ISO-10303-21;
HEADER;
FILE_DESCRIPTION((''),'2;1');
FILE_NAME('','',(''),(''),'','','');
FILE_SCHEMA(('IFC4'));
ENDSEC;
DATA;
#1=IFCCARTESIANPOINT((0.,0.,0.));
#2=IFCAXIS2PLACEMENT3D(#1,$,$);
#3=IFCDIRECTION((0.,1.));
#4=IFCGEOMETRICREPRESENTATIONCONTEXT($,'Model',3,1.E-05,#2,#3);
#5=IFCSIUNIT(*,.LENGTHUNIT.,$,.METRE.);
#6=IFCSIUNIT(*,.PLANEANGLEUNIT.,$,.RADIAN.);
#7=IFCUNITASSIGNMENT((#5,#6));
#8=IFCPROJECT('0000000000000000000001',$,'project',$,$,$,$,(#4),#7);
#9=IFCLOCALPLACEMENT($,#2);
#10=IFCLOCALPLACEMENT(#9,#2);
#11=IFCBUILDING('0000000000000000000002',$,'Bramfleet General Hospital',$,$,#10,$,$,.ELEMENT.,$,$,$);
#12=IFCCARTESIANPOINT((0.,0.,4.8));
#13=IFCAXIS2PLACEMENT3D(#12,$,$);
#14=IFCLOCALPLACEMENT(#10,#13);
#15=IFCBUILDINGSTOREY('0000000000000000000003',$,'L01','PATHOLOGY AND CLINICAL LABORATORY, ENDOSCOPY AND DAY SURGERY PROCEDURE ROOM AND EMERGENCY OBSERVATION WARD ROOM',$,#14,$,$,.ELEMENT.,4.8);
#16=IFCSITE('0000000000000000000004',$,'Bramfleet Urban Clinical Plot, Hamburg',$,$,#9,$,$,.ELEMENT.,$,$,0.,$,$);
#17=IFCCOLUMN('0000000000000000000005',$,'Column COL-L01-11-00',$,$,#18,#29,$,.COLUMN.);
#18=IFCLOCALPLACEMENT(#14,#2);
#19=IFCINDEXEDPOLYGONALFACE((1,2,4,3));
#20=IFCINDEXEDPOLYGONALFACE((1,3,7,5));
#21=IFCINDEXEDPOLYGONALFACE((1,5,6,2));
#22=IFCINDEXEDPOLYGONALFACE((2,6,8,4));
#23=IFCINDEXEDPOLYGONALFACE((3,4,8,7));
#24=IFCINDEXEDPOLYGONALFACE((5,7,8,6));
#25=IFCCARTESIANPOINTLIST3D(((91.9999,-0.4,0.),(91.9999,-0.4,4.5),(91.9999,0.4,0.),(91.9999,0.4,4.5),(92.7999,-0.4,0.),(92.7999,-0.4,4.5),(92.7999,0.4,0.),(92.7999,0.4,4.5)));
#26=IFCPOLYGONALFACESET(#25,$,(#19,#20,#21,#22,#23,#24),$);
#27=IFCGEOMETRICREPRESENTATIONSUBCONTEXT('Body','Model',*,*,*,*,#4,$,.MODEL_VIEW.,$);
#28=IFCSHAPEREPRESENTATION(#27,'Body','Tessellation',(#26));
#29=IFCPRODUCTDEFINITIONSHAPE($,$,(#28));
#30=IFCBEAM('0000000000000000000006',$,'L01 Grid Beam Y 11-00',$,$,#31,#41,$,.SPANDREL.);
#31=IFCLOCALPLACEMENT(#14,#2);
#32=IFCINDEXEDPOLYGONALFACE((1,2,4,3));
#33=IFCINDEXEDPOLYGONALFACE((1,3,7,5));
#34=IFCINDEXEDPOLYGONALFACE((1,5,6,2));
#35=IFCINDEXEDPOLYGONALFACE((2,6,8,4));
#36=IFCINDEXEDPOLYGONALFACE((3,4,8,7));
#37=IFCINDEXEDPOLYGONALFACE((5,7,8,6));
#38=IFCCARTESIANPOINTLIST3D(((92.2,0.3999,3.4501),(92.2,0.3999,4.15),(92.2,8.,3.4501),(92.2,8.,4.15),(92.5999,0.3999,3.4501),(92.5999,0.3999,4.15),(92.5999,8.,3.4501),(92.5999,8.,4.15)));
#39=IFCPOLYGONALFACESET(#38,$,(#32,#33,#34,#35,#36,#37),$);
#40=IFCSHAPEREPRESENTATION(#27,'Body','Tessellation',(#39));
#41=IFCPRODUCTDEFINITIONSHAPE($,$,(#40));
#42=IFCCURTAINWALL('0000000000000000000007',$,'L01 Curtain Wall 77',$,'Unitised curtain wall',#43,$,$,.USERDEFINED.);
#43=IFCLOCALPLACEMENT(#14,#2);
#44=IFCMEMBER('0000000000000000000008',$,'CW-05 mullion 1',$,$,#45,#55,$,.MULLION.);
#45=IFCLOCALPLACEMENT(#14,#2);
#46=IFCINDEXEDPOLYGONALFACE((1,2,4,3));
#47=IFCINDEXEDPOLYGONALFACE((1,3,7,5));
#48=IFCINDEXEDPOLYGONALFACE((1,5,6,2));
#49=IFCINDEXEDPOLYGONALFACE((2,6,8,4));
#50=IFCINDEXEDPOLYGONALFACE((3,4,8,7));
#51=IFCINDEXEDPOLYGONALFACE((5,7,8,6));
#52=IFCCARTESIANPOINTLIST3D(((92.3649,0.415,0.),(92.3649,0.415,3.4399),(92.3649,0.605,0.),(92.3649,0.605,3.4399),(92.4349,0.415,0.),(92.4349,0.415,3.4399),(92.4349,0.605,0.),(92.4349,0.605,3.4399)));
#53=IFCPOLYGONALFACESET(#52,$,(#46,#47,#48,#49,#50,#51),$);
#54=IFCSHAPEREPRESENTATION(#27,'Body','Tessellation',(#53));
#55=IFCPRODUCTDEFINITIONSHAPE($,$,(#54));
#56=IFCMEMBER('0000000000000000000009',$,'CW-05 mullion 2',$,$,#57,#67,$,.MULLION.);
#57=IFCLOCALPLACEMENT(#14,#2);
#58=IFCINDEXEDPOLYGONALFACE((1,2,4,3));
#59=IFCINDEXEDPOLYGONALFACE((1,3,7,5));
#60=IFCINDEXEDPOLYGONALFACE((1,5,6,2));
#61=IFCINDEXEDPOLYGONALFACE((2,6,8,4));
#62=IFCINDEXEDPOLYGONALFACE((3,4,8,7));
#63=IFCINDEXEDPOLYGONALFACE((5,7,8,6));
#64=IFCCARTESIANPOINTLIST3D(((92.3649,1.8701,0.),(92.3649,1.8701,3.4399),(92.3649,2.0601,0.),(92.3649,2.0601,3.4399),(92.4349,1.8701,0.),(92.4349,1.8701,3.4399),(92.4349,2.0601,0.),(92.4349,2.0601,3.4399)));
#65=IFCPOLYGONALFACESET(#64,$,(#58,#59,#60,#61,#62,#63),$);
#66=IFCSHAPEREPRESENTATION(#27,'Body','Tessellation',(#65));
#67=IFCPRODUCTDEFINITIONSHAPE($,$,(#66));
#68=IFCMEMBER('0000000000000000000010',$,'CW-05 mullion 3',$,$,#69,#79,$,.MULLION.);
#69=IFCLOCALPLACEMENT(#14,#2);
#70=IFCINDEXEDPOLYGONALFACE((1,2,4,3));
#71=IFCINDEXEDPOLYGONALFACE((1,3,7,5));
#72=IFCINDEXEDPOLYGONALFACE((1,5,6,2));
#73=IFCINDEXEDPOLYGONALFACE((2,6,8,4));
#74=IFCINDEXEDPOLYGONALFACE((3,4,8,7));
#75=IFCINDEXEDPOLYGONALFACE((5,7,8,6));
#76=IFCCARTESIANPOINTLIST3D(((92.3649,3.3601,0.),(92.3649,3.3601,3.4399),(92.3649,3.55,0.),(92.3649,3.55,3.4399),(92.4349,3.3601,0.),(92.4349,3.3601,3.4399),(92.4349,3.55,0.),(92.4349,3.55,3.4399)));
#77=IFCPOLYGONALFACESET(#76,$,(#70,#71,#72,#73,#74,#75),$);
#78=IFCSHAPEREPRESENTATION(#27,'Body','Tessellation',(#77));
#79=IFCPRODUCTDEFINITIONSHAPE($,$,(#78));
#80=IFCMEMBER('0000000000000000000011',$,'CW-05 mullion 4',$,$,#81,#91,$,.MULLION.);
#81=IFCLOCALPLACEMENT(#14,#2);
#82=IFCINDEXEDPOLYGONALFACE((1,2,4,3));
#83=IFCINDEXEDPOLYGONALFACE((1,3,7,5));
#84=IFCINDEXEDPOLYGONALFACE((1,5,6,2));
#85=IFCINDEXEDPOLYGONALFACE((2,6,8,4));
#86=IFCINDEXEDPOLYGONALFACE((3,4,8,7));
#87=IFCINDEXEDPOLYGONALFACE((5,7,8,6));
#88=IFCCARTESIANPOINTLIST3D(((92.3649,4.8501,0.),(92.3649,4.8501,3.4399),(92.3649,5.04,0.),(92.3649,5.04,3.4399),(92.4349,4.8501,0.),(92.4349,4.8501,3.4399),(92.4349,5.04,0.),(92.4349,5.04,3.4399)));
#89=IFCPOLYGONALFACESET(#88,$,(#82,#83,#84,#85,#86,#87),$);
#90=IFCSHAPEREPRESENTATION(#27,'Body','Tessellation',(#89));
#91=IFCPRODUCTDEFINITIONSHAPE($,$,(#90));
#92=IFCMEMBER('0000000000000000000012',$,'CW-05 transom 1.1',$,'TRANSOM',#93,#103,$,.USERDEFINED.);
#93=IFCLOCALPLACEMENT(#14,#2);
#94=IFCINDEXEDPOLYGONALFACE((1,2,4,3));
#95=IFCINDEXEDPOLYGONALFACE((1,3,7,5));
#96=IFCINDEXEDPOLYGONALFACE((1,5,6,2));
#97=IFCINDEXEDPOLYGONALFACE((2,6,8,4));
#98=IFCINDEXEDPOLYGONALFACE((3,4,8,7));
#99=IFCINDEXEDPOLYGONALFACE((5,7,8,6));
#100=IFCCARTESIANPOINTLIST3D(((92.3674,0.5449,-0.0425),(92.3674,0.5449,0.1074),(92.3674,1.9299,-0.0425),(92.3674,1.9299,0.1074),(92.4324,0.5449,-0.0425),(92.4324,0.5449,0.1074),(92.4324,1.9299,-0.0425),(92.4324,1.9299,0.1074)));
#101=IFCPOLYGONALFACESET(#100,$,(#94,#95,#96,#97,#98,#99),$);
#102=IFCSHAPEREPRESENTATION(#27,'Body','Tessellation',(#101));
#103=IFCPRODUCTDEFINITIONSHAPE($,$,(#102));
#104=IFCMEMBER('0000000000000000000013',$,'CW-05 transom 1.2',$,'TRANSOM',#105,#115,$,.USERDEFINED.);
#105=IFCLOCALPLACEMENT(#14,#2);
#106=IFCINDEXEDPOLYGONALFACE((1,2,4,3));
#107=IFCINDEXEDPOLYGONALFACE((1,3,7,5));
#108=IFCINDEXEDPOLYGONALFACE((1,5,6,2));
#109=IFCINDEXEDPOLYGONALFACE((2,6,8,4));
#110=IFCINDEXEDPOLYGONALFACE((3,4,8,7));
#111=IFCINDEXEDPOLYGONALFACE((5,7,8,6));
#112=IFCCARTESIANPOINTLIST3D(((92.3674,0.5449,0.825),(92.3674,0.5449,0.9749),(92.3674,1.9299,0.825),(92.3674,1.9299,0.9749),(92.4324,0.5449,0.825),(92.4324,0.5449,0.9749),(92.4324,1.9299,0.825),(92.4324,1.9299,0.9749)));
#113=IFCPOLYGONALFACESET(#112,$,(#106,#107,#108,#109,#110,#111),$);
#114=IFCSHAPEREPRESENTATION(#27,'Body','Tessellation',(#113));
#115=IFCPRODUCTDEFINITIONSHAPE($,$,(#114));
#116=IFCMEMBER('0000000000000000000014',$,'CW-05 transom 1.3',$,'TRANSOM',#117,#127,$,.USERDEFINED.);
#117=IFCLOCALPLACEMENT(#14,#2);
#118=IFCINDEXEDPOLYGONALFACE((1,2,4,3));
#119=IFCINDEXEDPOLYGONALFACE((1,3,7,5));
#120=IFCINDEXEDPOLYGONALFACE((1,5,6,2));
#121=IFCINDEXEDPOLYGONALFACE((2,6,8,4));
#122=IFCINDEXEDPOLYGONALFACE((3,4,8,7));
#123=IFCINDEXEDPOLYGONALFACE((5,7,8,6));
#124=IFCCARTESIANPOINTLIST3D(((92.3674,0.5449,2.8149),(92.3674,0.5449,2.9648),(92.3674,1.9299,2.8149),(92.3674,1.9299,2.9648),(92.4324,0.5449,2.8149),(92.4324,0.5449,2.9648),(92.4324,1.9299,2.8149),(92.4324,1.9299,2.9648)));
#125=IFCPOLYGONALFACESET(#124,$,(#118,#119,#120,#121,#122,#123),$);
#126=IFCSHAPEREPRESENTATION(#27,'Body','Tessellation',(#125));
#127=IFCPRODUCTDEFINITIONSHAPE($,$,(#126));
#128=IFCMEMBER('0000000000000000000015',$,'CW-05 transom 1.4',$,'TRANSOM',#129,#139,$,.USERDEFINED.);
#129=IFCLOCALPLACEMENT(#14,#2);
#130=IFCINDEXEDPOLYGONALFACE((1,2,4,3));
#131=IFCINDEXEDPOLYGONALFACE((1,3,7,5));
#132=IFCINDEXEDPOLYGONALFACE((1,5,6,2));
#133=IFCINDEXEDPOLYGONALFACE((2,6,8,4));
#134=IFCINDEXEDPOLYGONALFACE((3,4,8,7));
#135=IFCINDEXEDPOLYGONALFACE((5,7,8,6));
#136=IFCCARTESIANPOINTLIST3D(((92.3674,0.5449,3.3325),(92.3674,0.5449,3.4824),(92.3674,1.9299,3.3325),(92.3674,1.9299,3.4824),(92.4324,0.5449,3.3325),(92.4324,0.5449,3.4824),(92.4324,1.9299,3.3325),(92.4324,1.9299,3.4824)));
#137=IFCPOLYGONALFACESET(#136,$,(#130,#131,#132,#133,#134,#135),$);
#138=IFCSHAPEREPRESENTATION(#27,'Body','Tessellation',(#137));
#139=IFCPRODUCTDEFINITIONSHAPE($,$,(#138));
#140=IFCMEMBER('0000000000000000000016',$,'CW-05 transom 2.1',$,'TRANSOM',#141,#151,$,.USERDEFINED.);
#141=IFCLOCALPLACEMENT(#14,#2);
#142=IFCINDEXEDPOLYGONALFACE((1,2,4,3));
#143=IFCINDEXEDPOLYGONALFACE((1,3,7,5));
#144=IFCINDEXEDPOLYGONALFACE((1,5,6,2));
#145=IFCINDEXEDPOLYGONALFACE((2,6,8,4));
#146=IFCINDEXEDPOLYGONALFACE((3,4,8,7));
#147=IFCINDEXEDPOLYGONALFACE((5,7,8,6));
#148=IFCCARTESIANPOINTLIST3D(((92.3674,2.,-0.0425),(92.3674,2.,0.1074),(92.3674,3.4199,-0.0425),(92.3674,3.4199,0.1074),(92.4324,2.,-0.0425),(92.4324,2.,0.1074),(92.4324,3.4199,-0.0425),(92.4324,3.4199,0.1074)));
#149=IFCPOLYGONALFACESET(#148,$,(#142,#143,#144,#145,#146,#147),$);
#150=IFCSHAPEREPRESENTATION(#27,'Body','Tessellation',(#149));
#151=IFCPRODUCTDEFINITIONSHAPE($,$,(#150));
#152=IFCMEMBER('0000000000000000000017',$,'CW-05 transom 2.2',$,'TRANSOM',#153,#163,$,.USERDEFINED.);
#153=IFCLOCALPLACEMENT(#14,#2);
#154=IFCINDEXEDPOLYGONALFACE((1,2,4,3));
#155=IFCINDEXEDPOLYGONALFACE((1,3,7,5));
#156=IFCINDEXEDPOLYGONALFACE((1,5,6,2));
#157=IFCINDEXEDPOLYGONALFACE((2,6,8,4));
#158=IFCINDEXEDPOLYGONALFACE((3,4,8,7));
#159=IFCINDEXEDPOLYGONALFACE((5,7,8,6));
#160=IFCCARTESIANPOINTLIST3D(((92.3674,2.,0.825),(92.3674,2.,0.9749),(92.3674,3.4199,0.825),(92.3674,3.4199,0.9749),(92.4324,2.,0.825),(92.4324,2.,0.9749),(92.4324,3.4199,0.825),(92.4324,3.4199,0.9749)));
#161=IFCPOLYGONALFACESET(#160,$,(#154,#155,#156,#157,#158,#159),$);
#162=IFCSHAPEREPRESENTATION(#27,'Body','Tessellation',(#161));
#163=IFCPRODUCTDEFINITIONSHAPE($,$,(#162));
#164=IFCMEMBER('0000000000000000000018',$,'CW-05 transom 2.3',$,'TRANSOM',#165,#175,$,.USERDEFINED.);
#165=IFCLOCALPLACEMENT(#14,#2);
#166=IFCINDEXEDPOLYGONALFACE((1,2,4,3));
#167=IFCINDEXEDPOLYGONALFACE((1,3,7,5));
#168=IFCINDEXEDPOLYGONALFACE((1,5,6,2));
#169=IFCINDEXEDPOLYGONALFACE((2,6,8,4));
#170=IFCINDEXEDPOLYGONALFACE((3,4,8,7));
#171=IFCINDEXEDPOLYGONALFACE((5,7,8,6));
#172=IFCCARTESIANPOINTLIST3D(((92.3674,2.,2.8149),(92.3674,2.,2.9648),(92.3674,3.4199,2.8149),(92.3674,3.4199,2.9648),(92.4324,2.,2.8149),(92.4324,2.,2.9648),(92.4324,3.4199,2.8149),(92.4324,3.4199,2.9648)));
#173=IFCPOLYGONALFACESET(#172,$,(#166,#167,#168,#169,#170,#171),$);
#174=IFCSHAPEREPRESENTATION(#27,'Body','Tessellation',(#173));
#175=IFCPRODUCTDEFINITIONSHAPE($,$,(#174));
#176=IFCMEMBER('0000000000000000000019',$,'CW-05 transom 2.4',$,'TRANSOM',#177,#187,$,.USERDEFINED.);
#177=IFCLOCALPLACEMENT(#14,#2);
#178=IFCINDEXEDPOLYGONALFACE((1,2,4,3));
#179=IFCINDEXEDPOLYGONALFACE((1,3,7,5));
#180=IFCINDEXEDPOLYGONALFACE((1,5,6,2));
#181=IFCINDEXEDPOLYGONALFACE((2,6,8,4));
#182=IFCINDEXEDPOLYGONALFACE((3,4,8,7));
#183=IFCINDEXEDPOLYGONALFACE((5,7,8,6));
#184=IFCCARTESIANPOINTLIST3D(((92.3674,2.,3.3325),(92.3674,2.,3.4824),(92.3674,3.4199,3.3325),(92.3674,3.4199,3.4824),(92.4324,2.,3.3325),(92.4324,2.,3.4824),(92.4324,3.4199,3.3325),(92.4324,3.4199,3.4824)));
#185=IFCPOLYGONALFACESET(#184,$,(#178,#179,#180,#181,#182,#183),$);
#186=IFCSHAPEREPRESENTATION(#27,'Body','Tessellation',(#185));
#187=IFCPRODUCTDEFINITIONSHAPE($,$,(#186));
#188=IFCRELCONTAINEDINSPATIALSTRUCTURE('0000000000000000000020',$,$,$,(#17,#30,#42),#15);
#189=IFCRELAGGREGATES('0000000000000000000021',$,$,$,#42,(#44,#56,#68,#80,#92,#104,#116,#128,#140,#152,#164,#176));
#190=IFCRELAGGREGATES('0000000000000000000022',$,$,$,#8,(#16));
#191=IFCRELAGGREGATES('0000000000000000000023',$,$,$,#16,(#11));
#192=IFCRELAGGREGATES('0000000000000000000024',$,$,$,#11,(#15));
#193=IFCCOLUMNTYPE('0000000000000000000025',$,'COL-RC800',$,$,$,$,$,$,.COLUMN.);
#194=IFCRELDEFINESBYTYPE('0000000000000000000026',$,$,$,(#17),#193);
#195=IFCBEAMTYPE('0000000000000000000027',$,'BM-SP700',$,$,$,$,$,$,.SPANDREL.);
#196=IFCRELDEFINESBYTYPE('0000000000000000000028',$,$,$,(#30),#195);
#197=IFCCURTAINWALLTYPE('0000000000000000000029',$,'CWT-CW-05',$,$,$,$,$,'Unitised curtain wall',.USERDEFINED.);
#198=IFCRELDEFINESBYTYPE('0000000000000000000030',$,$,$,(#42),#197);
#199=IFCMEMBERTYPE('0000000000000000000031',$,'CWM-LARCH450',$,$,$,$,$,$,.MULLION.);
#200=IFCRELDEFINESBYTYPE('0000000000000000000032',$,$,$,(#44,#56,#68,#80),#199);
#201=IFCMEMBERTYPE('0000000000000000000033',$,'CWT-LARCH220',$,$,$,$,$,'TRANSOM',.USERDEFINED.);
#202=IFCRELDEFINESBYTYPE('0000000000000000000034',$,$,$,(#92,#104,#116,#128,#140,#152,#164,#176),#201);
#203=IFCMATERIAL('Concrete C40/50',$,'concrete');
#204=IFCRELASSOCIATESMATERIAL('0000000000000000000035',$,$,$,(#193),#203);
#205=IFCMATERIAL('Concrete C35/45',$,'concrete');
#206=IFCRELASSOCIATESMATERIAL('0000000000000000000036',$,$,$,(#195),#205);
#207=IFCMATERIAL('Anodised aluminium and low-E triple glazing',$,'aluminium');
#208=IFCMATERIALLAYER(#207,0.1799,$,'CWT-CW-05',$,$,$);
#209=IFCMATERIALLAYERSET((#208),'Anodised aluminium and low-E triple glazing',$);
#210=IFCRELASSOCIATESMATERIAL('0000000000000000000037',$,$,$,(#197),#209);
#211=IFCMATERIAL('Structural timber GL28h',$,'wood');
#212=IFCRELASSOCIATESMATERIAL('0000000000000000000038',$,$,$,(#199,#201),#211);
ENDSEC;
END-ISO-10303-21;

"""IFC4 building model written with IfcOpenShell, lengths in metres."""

from ifc_helpers import new_model, si_unit, direction, frame, origin, origin_2d, place, context, subcontext, project, spatial, rectangle, extrude, material, layer, layer_set, material_profile, profile_set, type_object, element, aggregate, save


model = new_model("IFC4")

# Units and contexts
model_context = context("Model", 3, precision=1e-05, world=origin(), true_north=direction((0.0, 1.0)))
body_context = subcontext(model_context, "Body", "Model", "MODEL_VIEW")
ifc_project = project(units=[si_unit("LENGTHUNIT", "METRE"), si_unit("PLANEANGLEUNIT", "RADIAN")], contexts=[model_context])

# Site, building, storey
site_placement = place(None, origin())
site = spatial("IfcSite", under=ifc_project, at=site_placement, Name="Bramfleet Urban Clinical Plot, Hamburg", CompositionType="ELEMENT", RefElevation=0.0)
building_placement = place(site_placement, origin())
building = spatial("IfcBuilding", under=site, at=building_placement, Name="Bramfleet General Hospital", CompositionType="ELEMENT")
storey_placement = place(building_placement, frame((0.0, 0.0, 4.8)))
storey = spatial("IfcBuildingStorey", under=building, at=storey_placement, Name="L01", Description="PATHOLOGY AND CLINICAL LABORATORY, ENDOSCOPY AND DAY SURGERY PROCEDURE ROOM AND EMERGENCY OBSERVATION WARD ROOM", CompositionType="ELEMENT", Elevation=4.8)

# Column
ifc_material_1 = material(Name="Concrete C40/50", Category="concrete")
ifc_material_profile_1 = material_profile(ifc_material_1, rectangle(XDim=0.8, YDim=0.8, at=origin_2d()), Name="RC COL 800x800")
ifc_profile_set_1 = profile_set([ifc_material_profile_1], Name="Concrete C40/50")
column_type = type_object("IfcColumnType", Name="COL-RC800", PredefinedType="COLUMN", material=ifc_profile_set_1)
column_placement = place(storey_placement, frame((92.3999, 0.0, 0.0), z_axis=(0.0, 0.0, 1.0), x_axis=(1.0, 0.0, 0.0)))
element("IfcColumn", 1, at=column_placement, inside=storey, type_object=column_type, Name="Column COL-L01-11-00", PredefinedType="COLUMN", context=body_context, shape_type="SweptSolid", body=[
    extrude(rectangle(XDim=0.8, YDim=0.8, at=origin_2d()), origin(), (0.0, 0.0, 1.0), 4.5),
])

# Beam
ifc_material_2 = material(Name="Concrete C35/45", Category="concrete")
ifc_material_profile_2 = material_profile(ifc_material_2, rectangle(XDim=0.3999, YDim=0.7, at=origin_2d()), Name="RC SP 700x400")
ifc_profile_set_2 = profile_set([ifc_material_profile_2], Name="Concrete C35/45")
beam_type = type_object("IfcBeamType", Name="BM-SP700", PredefinedType="SPANDREL", material=ifc_profile_set_2)
beam_placement = place(storey_placement, frame((92.3999, 0.3999, 3.8), z_axis=(0.0, 1.0, 0.0), x_axis=(-1.0, 0.0, 0.0)))
element("IfcBeam", 2, at=beam_placement, inside=storey, type_object=beam_type, Name="L01 Grid Beam Y 11-00", PredefinedType="SPANDREL", context=body_context, shape_type="SweptSolid", body=[
    extrude(rectangle(XDim=0.3999, YDim=0.7, at=origin_2d()), origin(), (0.0, 0.0, 1.0), 7.6001),
])

# Curtain wall, members
ifc_material_3 = material(Name="Anodised aluminium and low-E triple glazing", Category="aluminium")
ifc_layer_1 = layer(ifc_material_3, 0.1799, Name="CWT-CW-05")
ifc_layer_set_1 = layer_set([ifc_layer_1], Name="Anodised aluminium and low-E triple glazing")
curtain_wall_type = type_object("IfcCurtainWallType", Name="CWT-CW-05", ElementType="Unitised curtain wall", PredefinedType="USERDEFINED", material=ifc_layer_set_1)
curtain_wall_placement = place(storey_placement, origin())
curtain_wall = element("IfcCurtainWall", 3, at=curtain_wall_placement, inside=storey, type_object=curtain_wall_type, Name="L01 Curtain Wall 77", ObjectType="Unitised curtain wall", PredefinedType="USERDEFINED")
ifc_material_4 = material(Name="Structural timber GL28h", Category="wood")
ifc_material_profile_3 = material_profile(ifc_material_4, rectangle(XDim=0.0701, YDim=0.1899, at=origin_2d()), Name="LARCH 190x70")
ifc_profile_set_3 = profile_set([ifc_material_profile_3], Name="Structural timber GL28h")
member_type_1 = type_object("IfcMemberType", Name="CWM-LARCH450", PredefinedType="MULLION", material=ifc_profile_set_3)
member_1_placement = place(storey_placement, frame((92.3999, 0.51, 0.0), z_axis=(0.0, 0.0, 1.0), x_axis=(-1.0, 0.0, 0.0)))
member_1 = element("IfcMember", 4, at=member_1_placement, type_object=member_type_1, Name="CW-05 mullion 1", PredefinedType="MULLION", context=body_context, shape_type="SweptSolid", body=[
    extrude(rectangle(XDim=0.0701, YDim=0.1899, at=origin_2d()), origin(), (0.0, 0.0, 1.0), 3.4399),
])
member_2_placement = place(storey_placement, frame((92.3999, 1.9651, 0.0), z_axis=(0.0, 0.0, 1.0), x_axis=(-1.0, 0.0, 0.0)))
member_2 = element("IfcMember", 5, at=member_2_placement, type_object=member_type_1, Name="CW-05 mullion 2", PredefinedType="MULLION", context=body_context, shape_type="SweptSolid", body=[
    extrude(rectangle(XDim=0.0701, YDim=0.1899, at=origin_2d()), origin(), (0.0, 0.0, 1.0), 3.4399),
])
member_3_placement = place(storey_placement, frame((92.3999, 3.4551, 0.0), z_axis=(0.0, 0.0, 1.0), x_axis=(-1.0, 0.0, 0.0)))
member_3 = element("IfcMember", 6, at=member_3_placement, type_object=member_type_1, Name="CW-05 mullion 3", PredefinedType="MULLION", context=body_context, shape_type="SweptSolid", body=[
    extrude(rectangle(XDim=0.0701, YDim=0.1899, at=origin_2d()), origin(), (0.0, 0.0, 1.0), 3.4399),
])
member_4_placement = place(storey_placement, frame((92.3999, 4.9451, 0.0), z_axis=(0.0, 0.0, 1.0), x_axis=(-1.0, 0.0, 0.0)))
member_4 = element("IfcMember", 7, at=member_4_placement, type_object=member_type_1, Name="CW-05 mullion 4", PredefinedType="MULLION", context=body_context, shape_type="SweptSolid", body=[
    extrude(rectangle(XDim=0.0701, YDim=0.1899, at=origin_2d()), origin(), (0.0, 0.0, 1.0), 3.4399),
])
ifc_material_profile_4 = material_profile(ifc_material_4, rectangle(XDim=0.0649, YDim=0.1499, at=origin_2d()), Name="LARCH 150x65")
ifc_profile_set_4 = profile_set([ifc_material_profile_4], Name="Structural timber GL28h")
member_type_2 = type_object("IfcMemberType", Name="CWT-LARCH220", ElementType="TRANSOM", PredefinedType="USERDEFINED", material=ifc_profile_set_4)
member_5_placement = place(storey_placement, frame((92.3999, 0.5449, 0.0325), z_axis=(0.0, 1.0, 0.0), x_axis=(-1.0, 0.0, 0.0)))
member_5 = element("IfcMember", 8, at=member_5_placement, type_object=member_type_2, Name="CW-05 transom 1.1", ObjectType="TRANSOM", PredefinedType="USERDEFINED", context=body_context, shape_type="SweptSolid", body=[
    extrude(rectangle(XDim=0.0649, YDim=0.1499, at=origin_2d()), origin(), (0.0, 0.0, 1.0), 1.385),
])
member_6_placement = place(storey_placement, frame((92.3999, 0.5449, 0.8999), z_axis=(0.0, 1.0, 0.0), x_axis=(-1.0, 0.0, 0.0)))
member_6 = element("IfcMember", 9, at=member_6_placement, type_object=member_type_2, Name="CW-05 transom 1.2", ObjectType="TRANSOM", PredefinedType="USERDEFINED", context=body_context, shape_type="SweptSolid", body=[
    extrude(rectangle(XDim=0.0649, YDim=0.1499, at=origin_2d()), origin(), (0.0, 0.0, 1.0), 1.385),
])
member_7_placement = place(storey_placement, frame((92.3999, 0.5449, 2.8899), z_axis=(0.0, 1.0, 0.0), x_axis=(-1.0, 0.0, 0.0)))
member_7 = element("IfcMember", 10, at=member_7_placement, type_object=member_type_2, Name="CW-05 transom 1.3", ObjectType="TRANSOM", PredefinedType="USERDEFINED", context=body_context, shape_type="SweptSolid", body=[
    extrude(rectangle(XDim=0.0649, YDim=0.1499, at=origin_2d()), origin(), (0.0, 0.0, 1.0), 1.385),
])
member_8_placement = place(storey_placement, frame((92.3999, 0.5449, 3.4075), z_axis=(0.0, 1.0, 0.0), x_axis=(-1.0, 0.0, 0.0)))
member_8 = element("IfcMember", 11, at=member_8_placement, type_object=member_type_2, Name="CW-05 transom 1.4", ObjectType="TRANSOM", PredefinedType="USERDEFINED", context=body_context, shape_type="SweptSolid", body=[
    extrude(rectangle(XDim=0.0649, YDim=0.1499, at=origin_2d()), origin(), (0.0, 0.0, 1.0), 1.385),
])
member_9_placement = place(storey_placement, frame((92.3999, 2.0, 0.0325), z_axis=(0.0, 1.0, 0.0), x_axis=(-1.0, 0.0, 0.0)))
member_9 = element("IfcMember", 12, at=member_9_placement, type_object=member_type_2, Name="CW-05 transom 2.1", ObjectType="TRANSOM", PredefinedType="USERDEFINED", context=body_context, shape_type="SweptSolid", body=[
    extrude(rectangle(XDim=0.0649, YDim=0.1499, at=origin_2d()), origin(), (0.0, 0.0, 1.0), 1.4199),
])
member_10_placement = place(storey_placement, frame((92.3999, 2.0, 0.8999), z_axis=(0.0, 1.0, 0.0), x_axis=(-1.0, 0.0, 0.0)))
member_10 = element("IfcMember", 13, at=member_10_placement, type_object=member_type_2, Name="CW-05 transom 2.2", ObjectType="TRANSOM", PredefinedType="USERDEFINED", context=body_context, shape_type="SweptSolid", body=[
    extrude(rectangle(XDim=0.0649, YDim=0.1499, at=origin_2d()), origin(), (0.0, 0.0, 1.0), 1.4199),
])
member_11_placement = place(storey_placement, frame((92.3999, 2.0, 2.8899), z_axis=(0.0, 1.0, 0.0), x_axis=(-1.0, 0.0, 0.0)))
member_11 = element("IfcMember", 14, at=member_11_placement, type_object=member_type_2, Name="CW-05 transom 2.3", ObjectType="TRANSOM", PredefinedType="USERDEFINED", context=body_context, shape_type="SweptSolid", body=[
    extrude(rectangle(XDim=0.0649, YDim=0.1499, at=origin_2d()), origin(), (0.0, 0.0, 1.0), 1.4199),
])
member_12_placement = place(storey_placement, frame((92.3999, 2.0, 3.4075), z_axis=(0.0, 1.0, 0.0), x_axis=(-1.0, 0.0, 0.0)))
member_12 = element("IfcMember", 15, at=member_12_placement, type_object=member_type_2, Name="CW-05 transom 2.4", ObjectType="TRANSOM", PredefinedType="USERDEFINED", context=body_context, shape_type="SweptSolid", body=[
    extrude(rectangle(XDim=0.0649, YDim=0.1499, at=origin_2d()), origin(), (0.0, 0.0, 1.0), 1.4199),
])
aggregate(curtain_wall, [member_1, member_2, member_3, member_4, member_5, member_6, member_7, member_8, member_9, member_10, member_11, member_12])

save(model, "model.ifc")
